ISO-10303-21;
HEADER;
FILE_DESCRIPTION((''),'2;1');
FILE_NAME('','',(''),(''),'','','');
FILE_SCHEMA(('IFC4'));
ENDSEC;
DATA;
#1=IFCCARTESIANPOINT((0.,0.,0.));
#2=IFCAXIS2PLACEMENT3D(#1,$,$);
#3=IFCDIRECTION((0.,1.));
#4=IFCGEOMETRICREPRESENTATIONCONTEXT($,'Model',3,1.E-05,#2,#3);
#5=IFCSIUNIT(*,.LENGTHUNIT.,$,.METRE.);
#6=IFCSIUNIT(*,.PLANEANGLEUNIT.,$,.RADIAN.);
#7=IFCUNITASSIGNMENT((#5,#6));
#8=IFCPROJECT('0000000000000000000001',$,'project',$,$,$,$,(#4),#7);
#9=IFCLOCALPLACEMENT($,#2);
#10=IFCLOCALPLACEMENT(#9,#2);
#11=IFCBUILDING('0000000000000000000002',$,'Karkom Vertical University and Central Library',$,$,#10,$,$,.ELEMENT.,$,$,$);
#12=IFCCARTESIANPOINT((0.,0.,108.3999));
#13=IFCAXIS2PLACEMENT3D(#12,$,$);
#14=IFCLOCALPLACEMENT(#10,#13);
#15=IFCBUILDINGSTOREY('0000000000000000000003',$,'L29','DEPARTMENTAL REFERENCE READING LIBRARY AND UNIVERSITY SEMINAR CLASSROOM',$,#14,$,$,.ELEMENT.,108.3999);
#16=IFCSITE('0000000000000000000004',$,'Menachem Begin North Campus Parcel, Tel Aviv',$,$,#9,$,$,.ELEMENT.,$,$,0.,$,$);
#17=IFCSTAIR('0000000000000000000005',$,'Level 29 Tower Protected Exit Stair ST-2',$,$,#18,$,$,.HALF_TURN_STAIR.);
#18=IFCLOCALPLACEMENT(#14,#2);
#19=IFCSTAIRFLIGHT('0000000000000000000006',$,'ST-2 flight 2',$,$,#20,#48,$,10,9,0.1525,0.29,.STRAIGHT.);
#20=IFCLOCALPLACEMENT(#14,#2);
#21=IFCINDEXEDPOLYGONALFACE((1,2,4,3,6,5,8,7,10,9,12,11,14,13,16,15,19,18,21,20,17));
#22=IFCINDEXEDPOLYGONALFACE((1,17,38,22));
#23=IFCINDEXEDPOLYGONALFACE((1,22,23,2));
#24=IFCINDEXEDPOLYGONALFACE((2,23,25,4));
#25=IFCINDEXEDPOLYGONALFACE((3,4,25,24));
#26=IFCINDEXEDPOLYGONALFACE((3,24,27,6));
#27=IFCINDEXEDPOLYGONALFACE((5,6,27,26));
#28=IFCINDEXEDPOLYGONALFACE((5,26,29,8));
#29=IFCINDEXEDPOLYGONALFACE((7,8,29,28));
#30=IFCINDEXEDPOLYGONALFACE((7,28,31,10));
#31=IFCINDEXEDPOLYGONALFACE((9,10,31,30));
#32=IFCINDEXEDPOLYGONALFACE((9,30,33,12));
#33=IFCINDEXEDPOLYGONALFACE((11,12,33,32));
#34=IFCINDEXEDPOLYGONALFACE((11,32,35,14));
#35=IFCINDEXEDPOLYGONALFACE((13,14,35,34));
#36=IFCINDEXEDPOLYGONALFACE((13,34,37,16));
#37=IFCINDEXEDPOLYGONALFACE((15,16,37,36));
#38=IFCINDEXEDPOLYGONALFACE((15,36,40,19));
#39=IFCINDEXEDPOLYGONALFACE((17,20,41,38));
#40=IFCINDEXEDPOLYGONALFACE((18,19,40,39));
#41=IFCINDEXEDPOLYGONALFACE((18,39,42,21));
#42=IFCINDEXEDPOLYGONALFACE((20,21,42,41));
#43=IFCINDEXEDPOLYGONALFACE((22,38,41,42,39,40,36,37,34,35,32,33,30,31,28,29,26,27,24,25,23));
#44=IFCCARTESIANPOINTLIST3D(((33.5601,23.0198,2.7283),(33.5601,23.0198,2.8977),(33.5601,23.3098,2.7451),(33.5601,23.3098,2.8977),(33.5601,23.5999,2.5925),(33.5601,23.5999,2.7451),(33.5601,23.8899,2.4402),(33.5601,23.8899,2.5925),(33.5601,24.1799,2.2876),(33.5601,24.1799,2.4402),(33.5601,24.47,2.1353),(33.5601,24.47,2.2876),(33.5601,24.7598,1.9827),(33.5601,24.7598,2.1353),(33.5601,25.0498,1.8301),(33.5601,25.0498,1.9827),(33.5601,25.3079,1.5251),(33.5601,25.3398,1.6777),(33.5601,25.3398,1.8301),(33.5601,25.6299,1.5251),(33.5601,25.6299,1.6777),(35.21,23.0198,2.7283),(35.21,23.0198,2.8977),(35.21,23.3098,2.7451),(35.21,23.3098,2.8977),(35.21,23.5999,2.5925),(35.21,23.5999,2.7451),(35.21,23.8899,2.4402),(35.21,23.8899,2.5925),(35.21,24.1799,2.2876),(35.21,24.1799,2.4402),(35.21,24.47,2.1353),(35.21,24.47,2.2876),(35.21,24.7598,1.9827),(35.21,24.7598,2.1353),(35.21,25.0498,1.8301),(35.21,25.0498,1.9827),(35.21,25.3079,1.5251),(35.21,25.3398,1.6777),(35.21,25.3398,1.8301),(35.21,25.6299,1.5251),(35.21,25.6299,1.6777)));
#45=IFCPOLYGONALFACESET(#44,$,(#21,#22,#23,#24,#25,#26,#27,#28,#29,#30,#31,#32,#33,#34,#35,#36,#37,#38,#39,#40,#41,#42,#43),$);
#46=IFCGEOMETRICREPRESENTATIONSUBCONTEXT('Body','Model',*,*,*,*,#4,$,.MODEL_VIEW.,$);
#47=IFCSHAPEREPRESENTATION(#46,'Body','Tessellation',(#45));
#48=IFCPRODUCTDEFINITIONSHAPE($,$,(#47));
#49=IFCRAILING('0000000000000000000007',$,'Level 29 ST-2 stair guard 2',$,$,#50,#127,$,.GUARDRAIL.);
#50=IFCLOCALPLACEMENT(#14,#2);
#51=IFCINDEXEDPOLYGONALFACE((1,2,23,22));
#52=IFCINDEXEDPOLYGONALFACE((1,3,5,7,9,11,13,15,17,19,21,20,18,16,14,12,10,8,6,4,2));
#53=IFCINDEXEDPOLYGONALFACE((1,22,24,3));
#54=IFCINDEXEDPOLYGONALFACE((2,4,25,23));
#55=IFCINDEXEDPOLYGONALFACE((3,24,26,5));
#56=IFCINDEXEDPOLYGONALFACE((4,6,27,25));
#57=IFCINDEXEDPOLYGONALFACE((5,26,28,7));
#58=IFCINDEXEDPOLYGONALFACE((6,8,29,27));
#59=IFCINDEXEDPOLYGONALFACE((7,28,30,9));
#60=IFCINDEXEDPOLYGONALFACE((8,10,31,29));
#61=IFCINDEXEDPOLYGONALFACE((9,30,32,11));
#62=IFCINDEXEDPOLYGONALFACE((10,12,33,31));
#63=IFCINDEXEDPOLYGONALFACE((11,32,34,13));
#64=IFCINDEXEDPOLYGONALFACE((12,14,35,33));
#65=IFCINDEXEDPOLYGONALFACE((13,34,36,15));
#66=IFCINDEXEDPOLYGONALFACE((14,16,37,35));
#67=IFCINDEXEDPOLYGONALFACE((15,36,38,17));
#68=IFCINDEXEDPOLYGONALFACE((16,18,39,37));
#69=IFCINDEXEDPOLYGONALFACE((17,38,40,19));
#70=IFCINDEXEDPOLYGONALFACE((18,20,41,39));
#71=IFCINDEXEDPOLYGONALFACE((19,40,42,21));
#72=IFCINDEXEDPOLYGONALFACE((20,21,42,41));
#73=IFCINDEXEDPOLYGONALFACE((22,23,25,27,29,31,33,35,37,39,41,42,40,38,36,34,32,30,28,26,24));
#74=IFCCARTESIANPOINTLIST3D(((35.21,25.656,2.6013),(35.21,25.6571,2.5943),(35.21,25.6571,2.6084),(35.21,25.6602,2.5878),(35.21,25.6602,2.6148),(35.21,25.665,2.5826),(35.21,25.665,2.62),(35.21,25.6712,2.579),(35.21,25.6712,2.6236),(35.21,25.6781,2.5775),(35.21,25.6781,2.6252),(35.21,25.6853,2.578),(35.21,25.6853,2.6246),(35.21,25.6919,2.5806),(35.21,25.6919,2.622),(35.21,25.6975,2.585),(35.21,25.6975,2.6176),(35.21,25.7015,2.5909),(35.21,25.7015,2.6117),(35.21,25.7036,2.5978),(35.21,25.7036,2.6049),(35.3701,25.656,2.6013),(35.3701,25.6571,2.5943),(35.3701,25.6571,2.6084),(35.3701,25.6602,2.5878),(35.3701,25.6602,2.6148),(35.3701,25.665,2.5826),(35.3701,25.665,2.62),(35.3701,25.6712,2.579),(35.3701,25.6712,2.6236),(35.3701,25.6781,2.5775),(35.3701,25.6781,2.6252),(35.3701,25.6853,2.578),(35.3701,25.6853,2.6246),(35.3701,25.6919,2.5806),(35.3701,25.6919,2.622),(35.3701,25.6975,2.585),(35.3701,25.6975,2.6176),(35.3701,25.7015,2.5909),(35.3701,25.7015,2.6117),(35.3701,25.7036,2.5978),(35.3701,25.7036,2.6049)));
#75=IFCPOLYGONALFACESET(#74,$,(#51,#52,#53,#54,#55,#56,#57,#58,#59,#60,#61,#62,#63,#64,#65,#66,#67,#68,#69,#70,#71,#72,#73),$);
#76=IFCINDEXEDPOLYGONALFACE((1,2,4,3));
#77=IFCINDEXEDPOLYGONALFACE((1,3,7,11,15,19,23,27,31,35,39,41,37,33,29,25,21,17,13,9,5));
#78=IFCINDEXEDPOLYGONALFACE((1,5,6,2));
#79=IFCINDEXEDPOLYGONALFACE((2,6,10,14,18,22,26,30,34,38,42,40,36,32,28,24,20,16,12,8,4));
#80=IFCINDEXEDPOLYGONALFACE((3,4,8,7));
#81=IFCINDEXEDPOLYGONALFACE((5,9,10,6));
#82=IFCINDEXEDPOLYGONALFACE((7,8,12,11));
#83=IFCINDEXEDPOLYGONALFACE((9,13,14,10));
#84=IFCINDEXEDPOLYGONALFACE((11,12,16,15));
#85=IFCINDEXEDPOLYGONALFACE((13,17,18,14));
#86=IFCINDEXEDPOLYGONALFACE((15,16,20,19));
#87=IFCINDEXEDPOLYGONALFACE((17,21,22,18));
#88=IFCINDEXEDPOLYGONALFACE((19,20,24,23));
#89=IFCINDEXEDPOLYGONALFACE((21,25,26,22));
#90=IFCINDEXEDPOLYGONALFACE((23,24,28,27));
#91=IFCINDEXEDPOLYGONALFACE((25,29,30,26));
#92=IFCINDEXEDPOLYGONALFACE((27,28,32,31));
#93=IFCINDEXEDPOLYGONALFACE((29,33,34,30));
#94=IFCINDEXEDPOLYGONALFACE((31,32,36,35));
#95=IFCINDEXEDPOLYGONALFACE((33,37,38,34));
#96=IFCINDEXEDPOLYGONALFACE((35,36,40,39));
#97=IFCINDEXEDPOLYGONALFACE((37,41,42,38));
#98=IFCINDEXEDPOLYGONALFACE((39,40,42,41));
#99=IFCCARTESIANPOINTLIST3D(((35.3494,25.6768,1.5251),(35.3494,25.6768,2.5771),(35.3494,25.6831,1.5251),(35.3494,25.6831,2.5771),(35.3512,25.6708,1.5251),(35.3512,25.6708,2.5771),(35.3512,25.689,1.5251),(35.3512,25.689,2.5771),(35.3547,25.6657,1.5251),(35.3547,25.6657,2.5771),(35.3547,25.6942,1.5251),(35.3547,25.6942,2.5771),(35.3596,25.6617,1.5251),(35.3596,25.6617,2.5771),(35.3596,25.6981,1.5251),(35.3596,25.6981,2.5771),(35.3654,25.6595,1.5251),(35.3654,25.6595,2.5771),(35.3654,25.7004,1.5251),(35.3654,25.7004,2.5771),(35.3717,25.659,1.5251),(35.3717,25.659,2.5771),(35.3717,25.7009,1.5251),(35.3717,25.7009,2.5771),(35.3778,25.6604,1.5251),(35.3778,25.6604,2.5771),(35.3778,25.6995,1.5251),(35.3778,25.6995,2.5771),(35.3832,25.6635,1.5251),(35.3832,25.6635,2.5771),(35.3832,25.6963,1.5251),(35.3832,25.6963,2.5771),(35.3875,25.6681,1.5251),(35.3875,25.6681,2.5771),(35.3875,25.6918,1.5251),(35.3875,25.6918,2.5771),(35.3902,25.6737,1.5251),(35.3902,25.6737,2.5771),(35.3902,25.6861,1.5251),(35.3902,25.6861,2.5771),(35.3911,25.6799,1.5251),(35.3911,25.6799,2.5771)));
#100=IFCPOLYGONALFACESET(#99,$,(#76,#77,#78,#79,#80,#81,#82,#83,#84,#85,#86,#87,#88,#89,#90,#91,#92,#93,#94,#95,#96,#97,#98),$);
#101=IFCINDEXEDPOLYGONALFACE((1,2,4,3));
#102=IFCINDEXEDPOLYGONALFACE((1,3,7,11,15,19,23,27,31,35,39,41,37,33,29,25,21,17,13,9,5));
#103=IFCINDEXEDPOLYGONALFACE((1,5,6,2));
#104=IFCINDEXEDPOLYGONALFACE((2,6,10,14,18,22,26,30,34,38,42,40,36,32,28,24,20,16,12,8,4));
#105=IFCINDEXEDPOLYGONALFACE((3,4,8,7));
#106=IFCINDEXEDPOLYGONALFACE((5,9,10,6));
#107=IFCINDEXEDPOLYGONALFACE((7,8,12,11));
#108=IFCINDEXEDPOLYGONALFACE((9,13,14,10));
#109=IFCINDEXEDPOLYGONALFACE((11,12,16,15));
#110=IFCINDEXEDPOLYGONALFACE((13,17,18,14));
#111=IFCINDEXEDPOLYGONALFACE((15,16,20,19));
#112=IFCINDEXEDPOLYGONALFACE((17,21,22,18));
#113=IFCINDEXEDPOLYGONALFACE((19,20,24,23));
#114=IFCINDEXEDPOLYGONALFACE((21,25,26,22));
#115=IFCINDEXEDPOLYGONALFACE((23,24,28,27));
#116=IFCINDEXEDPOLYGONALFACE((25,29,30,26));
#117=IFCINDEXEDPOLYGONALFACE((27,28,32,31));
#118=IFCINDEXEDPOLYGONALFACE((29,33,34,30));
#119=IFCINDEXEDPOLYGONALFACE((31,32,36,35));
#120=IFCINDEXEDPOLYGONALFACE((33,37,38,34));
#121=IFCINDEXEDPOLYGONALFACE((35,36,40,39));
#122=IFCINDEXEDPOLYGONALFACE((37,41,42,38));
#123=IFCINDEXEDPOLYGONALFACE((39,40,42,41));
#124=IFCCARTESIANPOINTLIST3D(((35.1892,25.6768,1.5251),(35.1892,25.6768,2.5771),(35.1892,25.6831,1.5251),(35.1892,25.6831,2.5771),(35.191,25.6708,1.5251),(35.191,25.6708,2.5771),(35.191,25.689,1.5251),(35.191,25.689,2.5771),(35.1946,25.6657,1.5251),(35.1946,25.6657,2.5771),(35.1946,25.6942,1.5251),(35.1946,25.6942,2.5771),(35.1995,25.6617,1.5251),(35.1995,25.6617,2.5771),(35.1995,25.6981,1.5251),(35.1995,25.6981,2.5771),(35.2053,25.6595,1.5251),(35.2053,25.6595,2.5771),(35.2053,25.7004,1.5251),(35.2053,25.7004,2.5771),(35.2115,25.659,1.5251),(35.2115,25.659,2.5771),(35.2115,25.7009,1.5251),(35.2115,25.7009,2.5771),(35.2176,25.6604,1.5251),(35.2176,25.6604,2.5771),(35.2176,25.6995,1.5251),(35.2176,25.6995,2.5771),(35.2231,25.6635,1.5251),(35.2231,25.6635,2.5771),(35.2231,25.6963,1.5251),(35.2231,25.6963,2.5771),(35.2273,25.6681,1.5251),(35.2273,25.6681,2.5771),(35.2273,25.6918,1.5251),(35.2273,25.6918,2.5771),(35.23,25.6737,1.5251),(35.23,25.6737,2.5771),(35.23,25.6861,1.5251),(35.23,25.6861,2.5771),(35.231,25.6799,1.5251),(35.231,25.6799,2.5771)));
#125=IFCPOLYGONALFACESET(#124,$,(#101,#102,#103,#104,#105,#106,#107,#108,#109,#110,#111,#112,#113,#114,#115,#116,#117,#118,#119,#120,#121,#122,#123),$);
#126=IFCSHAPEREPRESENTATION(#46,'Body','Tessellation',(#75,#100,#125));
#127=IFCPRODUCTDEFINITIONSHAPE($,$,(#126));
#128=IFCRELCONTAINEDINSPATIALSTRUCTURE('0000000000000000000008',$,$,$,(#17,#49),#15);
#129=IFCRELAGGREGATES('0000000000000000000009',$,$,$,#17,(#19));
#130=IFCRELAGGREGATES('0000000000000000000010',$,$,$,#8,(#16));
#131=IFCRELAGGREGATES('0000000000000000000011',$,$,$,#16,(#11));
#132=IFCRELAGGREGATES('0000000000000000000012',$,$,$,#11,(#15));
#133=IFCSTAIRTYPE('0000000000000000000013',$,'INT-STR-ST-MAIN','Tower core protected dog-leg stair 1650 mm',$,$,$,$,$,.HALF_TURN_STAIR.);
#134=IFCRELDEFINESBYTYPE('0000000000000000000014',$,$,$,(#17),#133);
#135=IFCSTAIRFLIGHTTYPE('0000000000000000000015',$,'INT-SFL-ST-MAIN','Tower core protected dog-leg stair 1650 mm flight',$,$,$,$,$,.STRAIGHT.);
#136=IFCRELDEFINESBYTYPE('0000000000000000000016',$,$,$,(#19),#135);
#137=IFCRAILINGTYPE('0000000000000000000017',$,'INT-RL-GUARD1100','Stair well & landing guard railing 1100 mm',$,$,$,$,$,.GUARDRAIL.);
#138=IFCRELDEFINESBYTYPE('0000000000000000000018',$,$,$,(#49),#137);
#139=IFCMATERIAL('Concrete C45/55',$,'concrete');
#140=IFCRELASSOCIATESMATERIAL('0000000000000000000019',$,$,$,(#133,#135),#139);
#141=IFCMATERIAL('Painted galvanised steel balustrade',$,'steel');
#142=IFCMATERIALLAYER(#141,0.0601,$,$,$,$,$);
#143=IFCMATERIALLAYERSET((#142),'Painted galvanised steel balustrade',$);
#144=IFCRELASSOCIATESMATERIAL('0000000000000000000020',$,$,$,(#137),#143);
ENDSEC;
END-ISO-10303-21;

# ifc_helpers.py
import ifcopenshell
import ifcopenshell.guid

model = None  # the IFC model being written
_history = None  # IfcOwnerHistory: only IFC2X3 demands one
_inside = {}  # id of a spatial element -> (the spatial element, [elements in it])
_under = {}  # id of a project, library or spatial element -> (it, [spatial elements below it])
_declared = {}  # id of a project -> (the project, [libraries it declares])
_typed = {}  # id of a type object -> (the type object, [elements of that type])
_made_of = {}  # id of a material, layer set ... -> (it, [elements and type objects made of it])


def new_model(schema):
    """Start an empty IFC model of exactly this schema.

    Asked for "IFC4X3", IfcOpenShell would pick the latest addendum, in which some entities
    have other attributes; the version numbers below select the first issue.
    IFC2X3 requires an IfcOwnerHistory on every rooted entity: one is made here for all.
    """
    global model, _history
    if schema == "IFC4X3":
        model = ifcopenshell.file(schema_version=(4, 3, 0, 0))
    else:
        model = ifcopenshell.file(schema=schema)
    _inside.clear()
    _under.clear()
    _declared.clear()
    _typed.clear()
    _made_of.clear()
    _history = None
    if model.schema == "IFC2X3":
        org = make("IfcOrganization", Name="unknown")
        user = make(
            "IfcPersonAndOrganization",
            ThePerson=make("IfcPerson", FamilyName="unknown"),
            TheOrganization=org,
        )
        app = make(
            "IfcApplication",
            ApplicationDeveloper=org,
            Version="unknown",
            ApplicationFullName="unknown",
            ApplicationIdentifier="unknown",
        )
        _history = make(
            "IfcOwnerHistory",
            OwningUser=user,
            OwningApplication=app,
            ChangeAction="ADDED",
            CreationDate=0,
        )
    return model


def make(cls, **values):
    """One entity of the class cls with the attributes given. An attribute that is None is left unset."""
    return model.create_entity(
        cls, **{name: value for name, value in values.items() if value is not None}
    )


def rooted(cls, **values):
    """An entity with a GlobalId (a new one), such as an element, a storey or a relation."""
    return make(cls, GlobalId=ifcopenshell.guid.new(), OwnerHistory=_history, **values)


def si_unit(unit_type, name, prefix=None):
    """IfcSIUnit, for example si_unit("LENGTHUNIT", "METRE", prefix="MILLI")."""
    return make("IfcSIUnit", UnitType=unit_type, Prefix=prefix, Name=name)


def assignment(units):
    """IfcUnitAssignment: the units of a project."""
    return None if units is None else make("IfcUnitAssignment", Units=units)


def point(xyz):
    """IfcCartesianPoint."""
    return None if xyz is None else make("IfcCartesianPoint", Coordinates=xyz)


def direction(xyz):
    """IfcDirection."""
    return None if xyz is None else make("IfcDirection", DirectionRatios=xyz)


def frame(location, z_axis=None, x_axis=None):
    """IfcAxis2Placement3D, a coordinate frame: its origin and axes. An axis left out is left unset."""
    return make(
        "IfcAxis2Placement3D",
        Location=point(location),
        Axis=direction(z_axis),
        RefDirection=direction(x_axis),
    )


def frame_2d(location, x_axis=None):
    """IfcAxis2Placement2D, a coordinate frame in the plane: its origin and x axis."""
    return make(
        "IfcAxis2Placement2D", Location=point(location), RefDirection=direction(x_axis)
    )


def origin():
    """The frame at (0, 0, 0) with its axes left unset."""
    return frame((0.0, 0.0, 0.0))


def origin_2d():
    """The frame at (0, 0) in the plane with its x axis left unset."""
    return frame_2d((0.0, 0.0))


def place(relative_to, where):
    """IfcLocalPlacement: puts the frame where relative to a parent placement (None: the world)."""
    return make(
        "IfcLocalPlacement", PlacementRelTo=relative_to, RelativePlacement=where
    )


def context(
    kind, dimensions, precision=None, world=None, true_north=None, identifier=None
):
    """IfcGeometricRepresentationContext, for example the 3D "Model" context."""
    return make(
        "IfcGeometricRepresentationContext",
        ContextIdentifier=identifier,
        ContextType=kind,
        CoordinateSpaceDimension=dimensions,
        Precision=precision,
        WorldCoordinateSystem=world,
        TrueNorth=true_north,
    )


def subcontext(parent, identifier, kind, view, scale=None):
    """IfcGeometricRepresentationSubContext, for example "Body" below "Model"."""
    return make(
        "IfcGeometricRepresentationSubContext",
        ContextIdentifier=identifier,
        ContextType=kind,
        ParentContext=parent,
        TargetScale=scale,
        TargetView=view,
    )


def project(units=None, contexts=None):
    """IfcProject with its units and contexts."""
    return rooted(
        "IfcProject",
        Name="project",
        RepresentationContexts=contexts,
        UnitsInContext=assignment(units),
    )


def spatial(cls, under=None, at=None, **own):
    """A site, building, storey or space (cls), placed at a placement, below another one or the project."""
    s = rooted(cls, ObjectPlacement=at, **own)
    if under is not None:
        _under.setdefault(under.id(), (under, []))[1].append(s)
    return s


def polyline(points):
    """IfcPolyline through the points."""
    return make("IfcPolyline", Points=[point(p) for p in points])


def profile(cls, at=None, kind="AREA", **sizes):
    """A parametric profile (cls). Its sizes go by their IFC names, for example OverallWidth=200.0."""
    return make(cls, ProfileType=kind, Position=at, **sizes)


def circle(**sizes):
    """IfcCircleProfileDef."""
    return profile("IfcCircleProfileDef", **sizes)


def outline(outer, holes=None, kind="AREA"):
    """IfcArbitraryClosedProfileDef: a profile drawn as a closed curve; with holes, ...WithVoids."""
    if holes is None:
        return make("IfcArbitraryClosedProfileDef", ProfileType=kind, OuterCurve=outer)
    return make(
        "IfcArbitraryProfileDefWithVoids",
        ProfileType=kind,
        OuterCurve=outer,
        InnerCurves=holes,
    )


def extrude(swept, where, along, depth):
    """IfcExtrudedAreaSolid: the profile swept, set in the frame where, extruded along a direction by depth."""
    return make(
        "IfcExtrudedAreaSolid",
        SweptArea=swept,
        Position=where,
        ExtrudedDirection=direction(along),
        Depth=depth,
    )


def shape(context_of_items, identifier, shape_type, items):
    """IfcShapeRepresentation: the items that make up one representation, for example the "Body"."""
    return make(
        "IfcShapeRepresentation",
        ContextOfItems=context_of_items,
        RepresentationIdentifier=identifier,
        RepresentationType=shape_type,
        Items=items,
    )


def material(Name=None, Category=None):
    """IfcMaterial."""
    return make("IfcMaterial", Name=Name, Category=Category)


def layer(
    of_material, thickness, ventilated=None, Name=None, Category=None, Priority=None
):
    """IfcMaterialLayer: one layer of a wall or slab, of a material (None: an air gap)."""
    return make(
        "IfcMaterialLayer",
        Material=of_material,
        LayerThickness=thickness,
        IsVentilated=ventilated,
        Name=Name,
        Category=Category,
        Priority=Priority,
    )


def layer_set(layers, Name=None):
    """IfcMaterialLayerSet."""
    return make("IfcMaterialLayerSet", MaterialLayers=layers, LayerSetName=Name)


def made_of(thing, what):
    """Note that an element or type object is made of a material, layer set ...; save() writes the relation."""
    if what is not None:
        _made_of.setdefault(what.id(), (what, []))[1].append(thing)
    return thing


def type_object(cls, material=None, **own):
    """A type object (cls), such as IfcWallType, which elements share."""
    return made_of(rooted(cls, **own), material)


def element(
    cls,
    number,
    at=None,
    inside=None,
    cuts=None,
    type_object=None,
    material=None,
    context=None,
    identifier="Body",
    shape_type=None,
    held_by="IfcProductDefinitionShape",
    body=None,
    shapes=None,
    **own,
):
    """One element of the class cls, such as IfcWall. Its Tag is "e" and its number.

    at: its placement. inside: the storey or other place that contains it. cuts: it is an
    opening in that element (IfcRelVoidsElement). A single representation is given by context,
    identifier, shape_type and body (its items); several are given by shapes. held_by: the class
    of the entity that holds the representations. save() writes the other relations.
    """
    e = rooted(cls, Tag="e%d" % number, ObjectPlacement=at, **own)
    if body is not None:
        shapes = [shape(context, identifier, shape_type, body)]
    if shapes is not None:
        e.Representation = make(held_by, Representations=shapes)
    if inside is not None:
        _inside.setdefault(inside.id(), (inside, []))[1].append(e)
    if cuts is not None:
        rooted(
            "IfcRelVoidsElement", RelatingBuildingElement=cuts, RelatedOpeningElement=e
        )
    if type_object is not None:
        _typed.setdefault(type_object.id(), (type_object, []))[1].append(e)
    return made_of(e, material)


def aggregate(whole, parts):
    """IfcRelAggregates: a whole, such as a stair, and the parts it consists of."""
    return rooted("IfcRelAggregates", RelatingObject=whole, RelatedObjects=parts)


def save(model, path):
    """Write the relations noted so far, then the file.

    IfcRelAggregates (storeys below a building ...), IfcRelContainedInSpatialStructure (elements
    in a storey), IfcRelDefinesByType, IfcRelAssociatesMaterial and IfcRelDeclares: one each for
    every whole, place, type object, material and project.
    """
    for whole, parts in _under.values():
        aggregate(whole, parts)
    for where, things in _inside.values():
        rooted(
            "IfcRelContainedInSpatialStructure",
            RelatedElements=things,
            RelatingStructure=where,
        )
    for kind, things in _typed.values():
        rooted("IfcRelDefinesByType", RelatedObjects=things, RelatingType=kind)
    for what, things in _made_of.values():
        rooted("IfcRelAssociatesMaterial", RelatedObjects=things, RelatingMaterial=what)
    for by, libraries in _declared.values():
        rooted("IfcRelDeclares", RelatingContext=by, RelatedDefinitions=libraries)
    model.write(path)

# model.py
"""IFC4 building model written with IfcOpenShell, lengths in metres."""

from ifc_helpers import new_model, si_unit, direction, frame, origin, origin_2d, place, context, subcontext, project, spatial, polyline, circle, outline, extrude, material, layer, layer_set, type_object, element, aggregate, save


model = new_model("IFC4")

# Units and contexts
model_context = context("Model", 3, precision=1e-05, world=origin(), true_north=direction((0.0, 1.0)))
body_context = subcontext(model_context, "Body", "Model", "MODEL_VIEW")
ifc_project = project(units=[si_unit("LENGTHUNIT", "METRE"), si_unit("PLANEANGLEUNIT", "RADIAN")], contexts=[model_context])

# Site, building, storey
site_placement = place(None, origin())
site = spatial("IfcSite", under=ifc_project, at=site_placement, Name="Menachem Begin North Campus Parcel, Tel Aviv", CompositionType="ELEMENT", RefElevation=0.0)
building_placement = place(site_placement, origin())
building = spatial("IfcBuilding", under=site, at=building_placement, Name="Karkom Vertical University and Central Library", CompositionType="ELEMENT")
storey_placement = place(building_placement, frame((0.0, 0.0, 108.3999)))
storey = spatial("IfcBuildingStorey", under=building, at=storey_placement, Name="L29", Description="DEPARTMENTAL REFERENCE READING LIBRARY AND UNIVERSITY SEMINAR CLASSROOM", CompositionType="ELEMENT", Elevation=108.3999)

# Shared definitions
ifc_material_1 = material(Name="Concrete C45/55", Category="concrete")

# Stair, stair flight
stair_type = type_object("IfcStairType", Name="INT-STR-ST-MAIN", Description="Tower core protected dog-leg stair 1650 mm", PredefinedType="HALF_TURN_STAIR", material=ifc_material_1)
stair_placement = place(storey_placement, origin())
stair = element("IfcStair", 1, at=stair_placement, inside=storey, type_object=stair_type, Name="Level 29 Tower Protected Exit Stair ST-2", PredefinedType="HALF_TURN_STAIR")
stair_flight_type = type_object("IfcStairFlightType", Name="INT-SFL-ST-MAIN", Description="Tower core protected dog-leg stair 1650 mm flight", PredefinedType="STRAIGHT", material=ifc_material_1)
stair_flight_placement = place(storey_placement, frame((34.385, 25.6299, 1.5251), z_axis=(0.0, 0.0, 1.0), x_axis=(0.0, -1.0, 0.0)))
stair_flight = element("IfcStairFlight", 2, at=stair_flight_placement, type_object=stair_flight_type, Name="ST-2 flight 2", NumberOfRisers=10, NumberOfTreads=9, PredefinedType="STRAIGHT", RiserHeight=0.1525, TreadLength=0.29, context=body_context, shape_type="SweptSolid", body=[
    extrude(outline(polyline([(0.0, 0.0), (0.0, 0.1526), (0.29, 0.1526), (0.29, 0.3049), (0.5801, 0.3049), (0.5801, 0.4575), (0.8701, 0.4575), (0.8701, 0.6101), (1.1599, 0.6101), (1.1599, 0.7625), (1.45, 0.7625), (1.45, 0.915), (1.74, 0.915), (1.74, 1.0674), (2.03, 1.0674), (2.03, 1.22), (2.3201, 1.22), (2.3201, 1.3726), (2.6101, 1.3726), (2.6101, 1.5249), (2.6101, 1.2031), (0.322, 0.0), (0.0, 0.0)])), frame((0.0, 0.825, 0.0), z_axis=(0.0, -1.0, 0.0), x_axis=(1.0, 0.0, 0.0)), (0.0, 0.0, 1.0), 1.6499),
])
aggregate(stair, [stair_flight])

# Railing
ifc_material_2 = material(Name="Painted galvanised steel balustrade", Category="steel")
ifc_layer_1 = layer(ifc_material_2, 0.0601)
ifc_layer_set_1 = layer_set([ifc_layer_1], Name="Painted galvanised steel balustrade")
railing_type_1 = type_object("IfcRailingType", Name="INT-RL-GUARD1100", Description="Stair well & landing guard railing 1100 mm", PredefinedType="GUARDRAIL", material=ifc_layer_set_1)
railing_1_placement = place(storey_placement, frame((35.3701, 25.6799, 1.5251)))
element("IfcRailing", 3, at=railing_1_placement, inside=storey, type_object=railing_type_1, Name="Level 29 ST-2 stair guard 2", PredefinedType="GUARDRAIL", context=body_context, shape_type="SweptSolid", body=[
    extrude(circle(Radius=0.0239, at=origin_2d()), frame((0.0, 0.0, 1.0762), z_axis=(-1.0, 0.0, 0.0), x_axis=(0.0, -1.0, 0.0)), (0.0, 0.0, 1.0), 0.1602),
    extrude(circle(Radius=0.021, at=origin_2d()), origin(), (0.0, 0.0, 1.0), 1.052),
    extrude(circle(Radius=0.021, at=origin_2d()), frame((-0.1602, 0.0, 0.0)), (0.0, 0.0, 1.0), 1.052),
])

save(model, "model.ifc")
